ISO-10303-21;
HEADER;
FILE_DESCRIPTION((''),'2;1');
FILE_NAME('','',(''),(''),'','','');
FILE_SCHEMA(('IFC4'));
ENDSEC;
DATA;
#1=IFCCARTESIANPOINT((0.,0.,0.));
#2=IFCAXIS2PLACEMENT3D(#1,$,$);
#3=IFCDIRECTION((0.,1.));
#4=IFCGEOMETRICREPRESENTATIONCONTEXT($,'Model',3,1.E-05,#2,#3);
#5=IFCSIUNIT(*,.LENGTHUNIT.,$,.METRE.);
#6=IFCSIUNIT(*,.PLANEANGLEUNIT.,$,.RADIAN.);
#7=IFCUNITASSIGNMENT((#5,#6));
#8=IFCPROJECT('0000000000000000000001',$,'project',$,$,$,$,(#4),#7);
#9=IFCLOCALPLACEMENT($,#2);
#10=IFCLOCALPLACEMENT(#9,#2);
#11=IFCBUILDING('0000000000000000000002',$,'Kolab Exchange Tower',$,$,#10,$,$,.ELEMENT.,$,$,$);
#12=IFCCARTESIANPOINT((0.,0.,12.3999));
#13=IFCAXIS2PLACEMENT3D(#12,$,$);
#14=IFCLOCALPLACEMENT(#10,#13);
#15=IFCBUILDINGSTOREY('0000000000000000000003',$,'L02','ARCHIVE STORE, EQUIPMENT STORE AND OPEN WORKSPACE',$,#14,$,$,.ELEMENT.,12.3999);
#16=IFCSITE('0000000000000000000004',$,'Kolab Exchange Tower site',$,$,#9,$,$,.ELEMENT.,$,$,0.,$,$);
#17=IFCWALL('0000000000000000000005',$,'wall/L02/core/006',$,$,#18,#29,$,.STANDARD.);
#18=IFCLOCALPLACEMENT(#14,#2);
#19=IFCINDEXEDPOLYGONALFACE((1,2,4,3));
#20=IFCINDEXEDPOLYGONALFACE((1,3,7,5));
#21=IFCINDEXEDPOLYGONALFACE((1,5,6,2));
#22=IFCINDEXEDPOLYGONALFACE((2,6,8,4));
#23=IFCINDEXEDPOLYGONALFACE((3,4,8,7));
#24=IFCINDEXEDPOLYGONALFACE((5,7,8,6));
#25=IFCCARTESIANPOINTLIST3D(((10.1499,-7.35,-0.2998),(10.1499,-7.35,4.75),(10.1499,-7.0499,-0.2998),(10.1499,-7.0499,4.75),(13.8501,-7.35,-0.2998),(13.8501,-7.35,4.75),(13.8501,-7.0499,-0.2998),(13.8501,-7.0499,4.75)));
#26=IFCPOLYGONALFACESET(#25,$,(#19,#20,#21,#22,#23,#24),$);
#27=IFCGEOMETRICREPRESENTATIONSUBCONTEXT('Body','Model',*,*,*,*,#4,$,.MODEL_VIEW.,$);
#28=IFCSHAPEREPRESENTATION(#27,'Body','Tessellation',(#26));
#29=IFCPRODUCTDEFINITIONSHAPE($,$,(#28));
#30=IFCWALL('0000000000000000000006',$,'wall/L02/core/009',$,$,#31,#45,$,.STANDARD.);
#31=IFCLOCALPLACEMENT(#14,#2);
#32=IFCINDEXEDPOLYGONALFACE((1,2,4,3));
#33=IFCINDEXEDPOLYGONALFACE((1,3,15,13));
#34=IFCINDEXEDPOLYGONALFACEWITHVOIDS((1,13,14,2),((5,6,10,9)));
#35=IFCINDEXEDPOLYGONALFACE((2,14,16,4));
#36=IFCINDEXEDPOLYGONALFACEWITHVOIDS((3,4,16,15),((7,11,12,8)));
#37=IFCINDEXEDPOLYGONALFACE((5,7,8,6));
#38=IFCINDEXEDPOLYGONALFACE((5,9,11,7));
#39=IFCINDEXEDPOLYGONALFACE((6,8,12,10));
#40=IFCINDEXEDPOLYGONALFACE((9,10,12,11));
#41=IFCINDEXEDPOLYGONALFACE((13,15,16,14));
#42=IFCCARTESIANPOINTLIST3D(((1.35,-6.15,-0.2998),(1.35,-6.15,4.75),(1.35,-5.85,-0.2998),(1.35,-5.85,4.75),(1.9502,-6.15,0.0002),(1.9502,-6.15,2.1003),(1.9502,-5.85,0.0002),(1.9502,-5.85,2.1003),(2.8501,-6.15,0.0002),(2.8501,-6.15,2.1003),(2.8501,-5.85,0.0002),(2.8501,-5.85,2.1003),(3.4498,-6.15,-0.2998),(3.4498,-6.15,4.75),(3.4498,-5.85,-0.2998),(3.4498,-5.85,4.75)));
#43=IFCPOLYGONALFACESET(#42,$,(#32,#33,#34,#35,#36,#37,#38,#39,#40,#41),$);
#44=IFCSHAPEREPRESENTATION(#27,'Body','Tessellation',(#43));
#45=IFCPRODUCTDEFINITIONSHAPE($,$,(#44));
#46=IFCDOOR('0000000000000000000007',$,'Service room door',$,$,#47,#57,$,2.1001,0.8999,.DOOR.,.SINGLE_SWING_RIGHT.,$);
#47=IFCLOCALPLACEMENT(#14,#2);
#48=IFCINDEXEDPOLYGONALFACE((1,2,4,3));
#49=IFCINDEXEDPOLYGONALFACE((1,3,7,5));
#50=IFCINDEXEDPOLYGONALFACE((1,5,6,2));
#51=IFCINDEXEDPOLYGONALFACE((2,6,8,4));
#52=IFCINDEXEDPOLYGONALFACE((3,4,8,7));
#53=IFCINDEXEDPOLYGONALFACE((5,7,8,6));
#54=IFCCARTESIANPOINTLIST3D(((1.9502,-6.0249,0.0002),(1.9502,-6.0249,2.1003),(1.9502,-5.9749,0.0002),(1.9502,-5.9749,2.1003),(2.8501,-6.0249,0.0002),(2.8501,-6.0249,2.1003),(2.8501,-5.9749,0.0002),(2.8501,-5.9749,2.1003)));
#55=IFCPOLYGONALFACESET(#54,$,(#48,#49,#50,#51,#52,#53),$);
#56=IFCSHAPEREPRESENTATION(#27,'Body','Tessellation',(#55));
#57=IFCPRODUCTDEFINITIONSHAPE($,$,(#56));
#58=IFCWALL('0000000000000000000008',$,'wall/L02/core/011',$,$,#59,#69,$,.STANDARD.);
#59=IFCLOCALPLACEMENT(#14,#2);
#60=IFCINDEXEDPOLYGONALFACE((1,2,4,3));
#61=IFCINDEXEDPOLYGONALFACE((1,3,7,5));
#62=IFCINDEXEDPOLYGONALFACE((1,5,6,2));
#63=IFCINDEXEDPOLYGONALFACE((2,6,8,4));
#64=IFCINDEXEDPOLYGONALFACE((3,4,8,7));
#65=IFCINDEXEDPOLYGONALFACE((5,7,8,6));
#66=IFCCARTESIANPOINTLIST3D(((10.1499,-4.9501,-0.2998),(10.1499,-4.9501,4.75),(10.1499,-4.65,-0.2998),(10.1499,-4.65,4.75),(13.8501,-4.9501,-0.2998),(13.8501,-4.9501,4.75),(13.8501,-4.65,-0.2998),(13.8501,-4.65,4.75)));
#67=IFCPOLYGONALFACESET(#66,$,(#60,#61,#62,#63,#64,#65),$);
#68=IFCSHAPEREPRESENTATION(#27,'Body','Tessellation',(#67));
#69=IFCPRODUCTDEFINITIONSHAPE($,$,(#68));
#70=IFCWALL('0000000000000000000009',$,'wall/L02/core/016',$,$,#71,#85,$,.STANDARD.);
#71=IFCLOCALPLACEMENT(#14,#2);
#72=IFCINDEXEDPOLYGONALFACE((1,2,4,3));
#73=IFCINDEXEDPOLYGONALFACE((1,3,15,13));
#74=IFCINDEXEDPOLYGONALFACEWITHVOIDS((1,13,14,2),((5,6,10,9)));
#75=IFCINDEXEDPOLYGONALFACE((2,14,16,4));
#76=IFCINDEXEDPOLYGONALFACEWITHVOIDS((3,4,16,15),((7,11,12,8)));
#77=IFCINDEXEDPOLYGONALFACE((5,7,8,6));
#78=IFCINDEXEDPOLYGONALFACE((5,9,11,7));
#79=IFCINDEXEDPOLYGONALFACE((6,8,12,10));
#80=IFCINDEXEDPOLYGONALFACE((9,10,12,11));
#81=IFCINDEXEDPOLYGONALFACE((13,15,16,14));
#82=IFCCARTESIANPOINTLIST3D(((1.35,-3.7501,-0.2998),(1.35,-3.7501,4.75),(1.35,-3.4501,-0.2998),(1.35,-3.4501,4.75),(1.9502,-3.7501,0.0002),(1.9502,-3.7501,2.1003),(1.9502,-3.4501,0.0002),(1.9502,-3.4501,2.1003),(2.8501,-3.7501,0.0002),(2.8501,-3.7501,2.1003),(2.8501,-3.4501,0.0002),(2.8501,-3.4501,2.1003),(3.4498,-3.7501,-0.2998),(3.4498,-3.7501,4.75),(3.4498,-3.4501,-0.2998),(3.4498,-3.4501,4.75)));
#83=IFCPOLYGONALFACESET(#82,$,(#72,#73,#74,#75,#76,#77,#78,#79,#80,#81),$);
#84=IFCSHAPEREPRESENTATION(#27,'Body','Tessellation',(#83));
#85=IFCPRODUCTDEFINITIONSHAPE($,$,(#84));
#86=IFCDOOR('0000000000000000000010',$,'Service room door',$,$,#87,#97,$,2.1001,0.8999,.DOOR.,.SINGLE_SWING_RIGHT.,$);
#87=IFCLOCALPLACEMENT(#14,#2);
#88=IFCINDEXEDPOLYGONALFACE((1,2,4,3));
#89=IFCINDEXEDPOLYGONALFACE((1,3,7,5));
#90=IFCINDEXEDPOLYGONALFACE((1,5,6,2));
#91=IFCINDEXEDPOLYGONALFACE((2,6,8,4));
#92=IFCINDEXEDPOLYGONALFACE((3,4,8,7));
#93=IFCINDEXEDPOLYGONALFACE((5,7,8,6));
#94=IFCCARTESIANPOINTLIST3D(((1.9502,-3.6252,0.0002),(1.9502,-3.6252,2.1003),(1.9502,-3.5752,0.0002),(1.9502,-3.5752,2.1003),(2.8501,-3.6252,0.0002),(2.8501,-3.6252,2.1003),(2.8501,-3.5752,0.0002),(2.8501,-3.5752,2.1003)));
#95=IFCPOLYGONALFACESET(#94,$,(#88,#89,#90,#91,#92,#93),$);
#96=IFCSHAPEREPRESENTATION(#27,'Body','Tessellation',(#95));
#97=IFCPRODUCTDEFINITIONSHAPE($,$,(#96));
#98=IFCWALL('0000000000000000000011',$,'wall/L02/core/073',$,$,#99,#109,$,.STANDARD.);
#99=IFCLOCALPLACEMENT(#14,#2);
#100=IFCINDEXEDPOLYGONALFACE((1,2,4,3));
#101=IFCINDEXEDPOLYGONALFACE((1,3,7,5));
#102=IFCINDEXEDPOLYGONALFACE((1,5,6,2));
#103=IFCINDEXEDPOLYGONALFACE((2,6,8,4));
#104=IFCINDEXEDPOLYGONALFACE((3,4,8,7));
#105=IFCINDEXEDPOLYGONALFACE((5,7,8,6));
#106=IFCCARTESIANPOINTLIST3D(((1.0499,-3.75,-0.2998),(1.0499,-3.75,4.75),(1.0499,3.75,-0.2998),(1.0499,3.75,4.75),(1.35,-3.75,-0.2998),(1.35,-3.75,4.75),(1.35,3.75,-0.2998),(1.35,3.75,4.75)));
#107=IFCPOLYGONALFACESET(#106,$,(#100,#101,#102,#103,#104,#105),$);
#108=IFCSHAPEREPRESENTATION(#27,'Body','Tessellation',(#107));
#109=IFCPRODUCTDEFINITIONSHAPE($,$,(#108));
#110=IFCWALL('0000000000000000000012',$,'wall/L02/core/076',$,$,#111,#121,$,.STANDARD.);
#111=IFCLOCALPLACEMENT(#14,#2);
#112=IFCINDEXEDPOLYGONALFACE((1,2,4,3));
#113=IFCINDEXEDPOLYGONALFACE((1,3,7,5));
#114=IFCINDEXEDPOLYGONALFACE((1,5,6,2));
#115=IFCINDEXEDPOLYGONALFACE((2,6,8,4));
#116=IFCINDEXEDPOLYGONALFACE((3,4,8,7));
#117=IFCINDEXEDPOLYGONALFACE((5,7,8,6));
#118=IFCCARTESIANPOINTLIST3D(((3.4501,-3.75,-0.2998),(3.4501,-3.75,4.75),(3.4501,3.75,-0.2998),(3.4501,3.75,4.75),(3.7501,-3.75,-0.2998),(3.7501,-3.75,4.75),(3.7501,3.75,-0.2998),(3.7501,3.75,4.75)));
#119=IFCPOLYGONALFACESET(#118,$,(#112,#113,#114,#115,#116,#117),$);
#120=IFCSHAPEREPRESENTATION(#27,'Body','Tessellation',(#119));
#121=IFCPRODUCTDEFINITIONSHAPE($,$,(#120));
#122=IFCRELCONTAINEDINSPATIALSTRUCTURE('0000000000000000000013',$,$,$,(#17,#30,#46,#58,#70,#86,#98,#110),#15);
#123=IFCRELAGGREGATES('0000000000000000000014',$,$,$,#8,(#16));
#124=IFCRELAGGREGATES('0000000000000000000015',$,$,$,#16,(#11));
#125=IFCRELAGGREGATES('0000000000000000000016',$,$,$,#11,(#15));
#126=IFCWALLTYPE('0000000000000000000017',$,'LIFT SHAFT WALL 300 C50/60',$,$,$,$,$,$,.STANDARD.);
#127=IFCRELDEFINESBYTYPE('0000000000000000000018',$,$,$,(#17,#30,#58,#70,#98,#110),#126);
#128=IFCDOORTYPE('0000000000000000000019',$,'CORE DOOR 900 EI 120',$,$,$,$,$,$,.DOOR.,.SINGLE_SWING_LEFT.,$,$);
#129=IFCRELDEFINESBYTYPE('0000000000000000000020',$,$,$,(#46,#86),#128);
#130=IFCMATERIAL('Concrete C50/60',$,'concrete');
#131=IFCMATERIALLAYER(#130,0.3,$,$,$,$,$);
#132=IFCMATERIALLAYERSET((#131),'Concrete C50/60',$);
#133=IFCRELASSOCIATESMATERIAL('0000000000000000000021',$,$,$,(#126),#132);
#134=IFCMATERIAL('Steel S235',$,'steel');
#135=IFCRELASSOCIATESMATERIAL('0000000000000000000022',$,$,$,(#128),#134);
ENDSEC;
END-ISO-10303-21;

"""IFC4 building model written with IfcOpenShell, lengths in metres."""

from ifc_helpers import new_model, si_unit, direction, frame, frame_2d, origin, place, context, subcontext, project, spatial, rectangle, extrude, material, layer, layer_set, type_object, element, fill, save


model = new_model("IFC4")

# Units and contexts
model_context = context("Model", 3, precision=1e-05, world=origin(), true_north=direction((0.0, 1.0)))
body_context = subcontext(model_context, "Body", "Model", "MODEL_VIEW")
ifc_project = project(units=[si_unit("LENGTHUNIT", "METRE"), si_unit("PLANEANGLEUNIT", "RADIAN")], contexts=[model_context])

# Site, building, storey
site_placement = place(None, origin())
site = spatial("IfcSite", under=ifc_project, at=site_placement, Name="Kolab Exchange Tower site", CompositionType="ELEMENT", RefElevation=0.0)
building_placement = place(site_placement, origin())
building = spatial("IfcBuilding", under=site, at=building_placement, Name="Kolab Exchange Tower", CompositionType="ELEMENT")
storey_placement = place(building_placement, frame((0.0, 0.0, 12.3999)))
storey = spatial("IfcBuildingStorey", under=building, at=storey_placement, Name="L02", Description="ARCHIVE STORE, EQUIPMENT STORE AND OPEN WORKSPACE", CompositionType="ELEMENT", Elevation=12.3999)

# Wall
ifc_material_1 = material(Name="Concrete C50/60", Category="concrete")
ifc_layer_1 = layer(ifc_material_1, 0.3)
ifc_layer_set_1 = layer_set([ifc_layer_1], Name="Concrete C50/60")
wall_type_1 = type_object("IfcWallType", Name="LIFT SHAFT WALL 300 C50/60", PredefinedType="STANDARD", material=ifc_layer_set_1)
wall_1_placement = place(storey_placement, frame((10.1499, -7.2, -0.2998), z_axis=(0.0, 0.0, 1.0), x_axis=(1.0, 0.0, 0.0)))
element("IfcWall", 1, at=wall_1_placement, inside=storey, type_object=wall_type_1, Name="wall/L02/core/006", PredefinedType="STANDARD", context=body_context, shape_type="SweptSolid", body=[
    extrude(rectangle(XDim=3.7002, YDim=0.3, at=frame_2d((1.8501, 0.0))), origin(), (0.0, 0.0, 1.0), 5.0498),
])

# Wall, opening, door
wall_2_placement = place(storey_placement, frame((1.3501, -6.0, -0.2998), z_axis=(0.0, 0.0, 1.0), x_axis=(1.0, 0.0, 0.0)))
wall_2 = element("IfcWall", 2, at=wall_2_placement, inside=storey, type_object=wall_type_1, Name="wall/L02/core/009", PredefinedType="STANDARD", context=body_context, shape_type="SweptSolid", body=[
    extrude(rectangle(XDim=2.0999, YDim=0.3, at=frame_2d((1.0498, 0.0))), origin(), (0.0, 0.0, 1.0), 5.0498),
])
opening_1_placement = place(wall_2_placement, frame((0.6001, 0.0, 0.3)))
opening_1 = element("IfcOpeningElement", 3, at=opening_1_placement, cuts=wall_2, PredefinedType="OPENING", context=body_context, shape_type="SweptSolid", body=[
    extrude(rectangle(XDim=0.8999, YDim=2.1001, at=frame_2d((0.45, 1.05))), frame((0.0, 0.1602, 0.0), z_axis=(0.0, -1.0, 0.0), x_axis=(1.0, 0.0, 0.0)), (0.0, 0.0, 1.0), 0.3201),
])
ifc_material_2 = material(Name="Steel S235", Category="steel")
door_type_1 = type_object("IfcDoorType", Name="CORE DOOR 900 EI 120", OperationType="SINGLE_SWING_LEFT", PredefinedType="DOOR", material=ifc_material_2)
door_1_placement = place(opening_1_placement, frame((0.8999, 0.0, 0.0), z_axis=(0.0, 0.0, 1.0), x_axis=(-1.0, 0.0, 0.0)))
door_1 = element("IfcDoor", 4, at=door_1_placement, inside=storey, type_object=door_type_1, Name="Service room door", OperationType="SINGLE_SWING_RIGHT", OverallHeight=2.1001, OverallWidth=0.8999, PredefinedType="DOOR", context=body_context, shape_type="SweptSolid", body=[
    extrude(rectangle(XDim=0.8999, YDim=2.1001, at=frame_2d((0.45, 1.05))), frame((0.0, 0.0249, 0.0), z_axis=(0.0, -1.0, 0.0), x_axis=(1.0, 0.0, 0.0)), (0.0, 0.0, 1.0), 0.05),
])
fill(opening_1, door_1)

# Wall
wall_3_placement = place(storey_placement, frame((10.1499, -4.8, -0.2998), z_axis=(0.0, 0.0, 1.0), x_axis=(1.0, 0.0, 0.0)))
element("IfcWall", 5, at=wall_3_placement, inside=storey, type_object=wall_type_1, Name="wall/L02/core/011", PredefinedType="STANDARD", context=body_context, shape_type="SweptSolid", body=[
    extrude(rectangle(XDim=3.7002, YDim=0.3, at=frame_2d((1.8501, 0.0))), origin(), (0.0, 0.0, 1.0), 5.0498),
])

# Wall, opening, door
wall_4_placement = place(storey_placement, frame((1.3501, -3.6001, -0.2998), z_axis=(0.0, 0.0, 1.0), x_axis=(1.0, 0.0, 0.0)))
wall_4 = element("IfcWall", 6, at=wall_4_placement, inside=storey, type_object=wall_type_1, Name="wall/L02/core/016", PredefinedType="STANDARD", context=body_context, shape_type="SweptSolid", body=[
    extrude(rectangle(XDim=2.0999, YDim=0.3, at=frame_2d((1.0498, 0.0))), origin(), (0.0, 0.0, 1.0), 5.0498),
])
opening_2_placement = place(wall_4_placement, frame((0.6001, 0.0, 0.3)))
opening_2 = element("IfcOpeningElement", 7, at=opening_2_placement, cuts=wall_4, PredefinedType="OPENING", context=body_context, shape_type="SweptSolid", body=[
    extrude(rectangle(XDim=0.8999, YDim=2.1001, at=frame_2d((0.45, 1.05))), frame((0.0, 0.1602, 0.0), z_axis=(0.0, -1.0, 0.0), x_axis=(1.0, 0.0, 0.0)), (0.0, 0.0, 1.0), 0.3201),
])
door_2_placement = place(opening_2_placement, origin())
door_2 = element("IfcDoor", 8, at=door_2_placement, inside=storey, type_object=door_type_1, Name="Service room door", OperationType="SINGLE_SWING_RIGHT", OverallHeight=2.1001, OverallWidth=0.8999, PredefinedType="DOOR", context=body_context, shape_type="SweptSolid", body=[
    extrude(rectangle(XDim=0.8999, YDim=2.1001, at=frame_2d((0.45, 1.05))), frame((0.0, 0.0249, 0.0), z_axis=(0.0, -1.0, 0.0), x_axis=(1.0, 0.0, 0.0)), (0.0, 0.0, 1.0), 0.05),
])
fill(opening_2, door_2)

# Walls
for number, where, z_axis, x_axis, name in (
    (9, (1.2, -3.75, -0.2998), (0.0, 0.0, 1.0), (0.0, 1.0, 0.0), "wall/L02/core/073"),
    (10, (3.6001, -3.75, -0.2998), (0.0, 0.0, 1.0), (0.0, 1.0, 0.0), "wall/L02/core/076"),
):
    element("IfcWall", number, at=place(storey_placement, frame(where, z_axis=z_axis, x_axis=x_axis)), inside=storey, type_object=wall_type_1, Name=name, PredefinedType="STANDARD", context=body_context, shape_type="SweptSolid", body=[
        extrude(rectangle(XDim=7.5, YDim=0.3, at=frame_2d((3.75, 0.0))), origin(), (0.0, 0.0, 1.0), 5.0498),
    ])

save(model, "model.ifc")
